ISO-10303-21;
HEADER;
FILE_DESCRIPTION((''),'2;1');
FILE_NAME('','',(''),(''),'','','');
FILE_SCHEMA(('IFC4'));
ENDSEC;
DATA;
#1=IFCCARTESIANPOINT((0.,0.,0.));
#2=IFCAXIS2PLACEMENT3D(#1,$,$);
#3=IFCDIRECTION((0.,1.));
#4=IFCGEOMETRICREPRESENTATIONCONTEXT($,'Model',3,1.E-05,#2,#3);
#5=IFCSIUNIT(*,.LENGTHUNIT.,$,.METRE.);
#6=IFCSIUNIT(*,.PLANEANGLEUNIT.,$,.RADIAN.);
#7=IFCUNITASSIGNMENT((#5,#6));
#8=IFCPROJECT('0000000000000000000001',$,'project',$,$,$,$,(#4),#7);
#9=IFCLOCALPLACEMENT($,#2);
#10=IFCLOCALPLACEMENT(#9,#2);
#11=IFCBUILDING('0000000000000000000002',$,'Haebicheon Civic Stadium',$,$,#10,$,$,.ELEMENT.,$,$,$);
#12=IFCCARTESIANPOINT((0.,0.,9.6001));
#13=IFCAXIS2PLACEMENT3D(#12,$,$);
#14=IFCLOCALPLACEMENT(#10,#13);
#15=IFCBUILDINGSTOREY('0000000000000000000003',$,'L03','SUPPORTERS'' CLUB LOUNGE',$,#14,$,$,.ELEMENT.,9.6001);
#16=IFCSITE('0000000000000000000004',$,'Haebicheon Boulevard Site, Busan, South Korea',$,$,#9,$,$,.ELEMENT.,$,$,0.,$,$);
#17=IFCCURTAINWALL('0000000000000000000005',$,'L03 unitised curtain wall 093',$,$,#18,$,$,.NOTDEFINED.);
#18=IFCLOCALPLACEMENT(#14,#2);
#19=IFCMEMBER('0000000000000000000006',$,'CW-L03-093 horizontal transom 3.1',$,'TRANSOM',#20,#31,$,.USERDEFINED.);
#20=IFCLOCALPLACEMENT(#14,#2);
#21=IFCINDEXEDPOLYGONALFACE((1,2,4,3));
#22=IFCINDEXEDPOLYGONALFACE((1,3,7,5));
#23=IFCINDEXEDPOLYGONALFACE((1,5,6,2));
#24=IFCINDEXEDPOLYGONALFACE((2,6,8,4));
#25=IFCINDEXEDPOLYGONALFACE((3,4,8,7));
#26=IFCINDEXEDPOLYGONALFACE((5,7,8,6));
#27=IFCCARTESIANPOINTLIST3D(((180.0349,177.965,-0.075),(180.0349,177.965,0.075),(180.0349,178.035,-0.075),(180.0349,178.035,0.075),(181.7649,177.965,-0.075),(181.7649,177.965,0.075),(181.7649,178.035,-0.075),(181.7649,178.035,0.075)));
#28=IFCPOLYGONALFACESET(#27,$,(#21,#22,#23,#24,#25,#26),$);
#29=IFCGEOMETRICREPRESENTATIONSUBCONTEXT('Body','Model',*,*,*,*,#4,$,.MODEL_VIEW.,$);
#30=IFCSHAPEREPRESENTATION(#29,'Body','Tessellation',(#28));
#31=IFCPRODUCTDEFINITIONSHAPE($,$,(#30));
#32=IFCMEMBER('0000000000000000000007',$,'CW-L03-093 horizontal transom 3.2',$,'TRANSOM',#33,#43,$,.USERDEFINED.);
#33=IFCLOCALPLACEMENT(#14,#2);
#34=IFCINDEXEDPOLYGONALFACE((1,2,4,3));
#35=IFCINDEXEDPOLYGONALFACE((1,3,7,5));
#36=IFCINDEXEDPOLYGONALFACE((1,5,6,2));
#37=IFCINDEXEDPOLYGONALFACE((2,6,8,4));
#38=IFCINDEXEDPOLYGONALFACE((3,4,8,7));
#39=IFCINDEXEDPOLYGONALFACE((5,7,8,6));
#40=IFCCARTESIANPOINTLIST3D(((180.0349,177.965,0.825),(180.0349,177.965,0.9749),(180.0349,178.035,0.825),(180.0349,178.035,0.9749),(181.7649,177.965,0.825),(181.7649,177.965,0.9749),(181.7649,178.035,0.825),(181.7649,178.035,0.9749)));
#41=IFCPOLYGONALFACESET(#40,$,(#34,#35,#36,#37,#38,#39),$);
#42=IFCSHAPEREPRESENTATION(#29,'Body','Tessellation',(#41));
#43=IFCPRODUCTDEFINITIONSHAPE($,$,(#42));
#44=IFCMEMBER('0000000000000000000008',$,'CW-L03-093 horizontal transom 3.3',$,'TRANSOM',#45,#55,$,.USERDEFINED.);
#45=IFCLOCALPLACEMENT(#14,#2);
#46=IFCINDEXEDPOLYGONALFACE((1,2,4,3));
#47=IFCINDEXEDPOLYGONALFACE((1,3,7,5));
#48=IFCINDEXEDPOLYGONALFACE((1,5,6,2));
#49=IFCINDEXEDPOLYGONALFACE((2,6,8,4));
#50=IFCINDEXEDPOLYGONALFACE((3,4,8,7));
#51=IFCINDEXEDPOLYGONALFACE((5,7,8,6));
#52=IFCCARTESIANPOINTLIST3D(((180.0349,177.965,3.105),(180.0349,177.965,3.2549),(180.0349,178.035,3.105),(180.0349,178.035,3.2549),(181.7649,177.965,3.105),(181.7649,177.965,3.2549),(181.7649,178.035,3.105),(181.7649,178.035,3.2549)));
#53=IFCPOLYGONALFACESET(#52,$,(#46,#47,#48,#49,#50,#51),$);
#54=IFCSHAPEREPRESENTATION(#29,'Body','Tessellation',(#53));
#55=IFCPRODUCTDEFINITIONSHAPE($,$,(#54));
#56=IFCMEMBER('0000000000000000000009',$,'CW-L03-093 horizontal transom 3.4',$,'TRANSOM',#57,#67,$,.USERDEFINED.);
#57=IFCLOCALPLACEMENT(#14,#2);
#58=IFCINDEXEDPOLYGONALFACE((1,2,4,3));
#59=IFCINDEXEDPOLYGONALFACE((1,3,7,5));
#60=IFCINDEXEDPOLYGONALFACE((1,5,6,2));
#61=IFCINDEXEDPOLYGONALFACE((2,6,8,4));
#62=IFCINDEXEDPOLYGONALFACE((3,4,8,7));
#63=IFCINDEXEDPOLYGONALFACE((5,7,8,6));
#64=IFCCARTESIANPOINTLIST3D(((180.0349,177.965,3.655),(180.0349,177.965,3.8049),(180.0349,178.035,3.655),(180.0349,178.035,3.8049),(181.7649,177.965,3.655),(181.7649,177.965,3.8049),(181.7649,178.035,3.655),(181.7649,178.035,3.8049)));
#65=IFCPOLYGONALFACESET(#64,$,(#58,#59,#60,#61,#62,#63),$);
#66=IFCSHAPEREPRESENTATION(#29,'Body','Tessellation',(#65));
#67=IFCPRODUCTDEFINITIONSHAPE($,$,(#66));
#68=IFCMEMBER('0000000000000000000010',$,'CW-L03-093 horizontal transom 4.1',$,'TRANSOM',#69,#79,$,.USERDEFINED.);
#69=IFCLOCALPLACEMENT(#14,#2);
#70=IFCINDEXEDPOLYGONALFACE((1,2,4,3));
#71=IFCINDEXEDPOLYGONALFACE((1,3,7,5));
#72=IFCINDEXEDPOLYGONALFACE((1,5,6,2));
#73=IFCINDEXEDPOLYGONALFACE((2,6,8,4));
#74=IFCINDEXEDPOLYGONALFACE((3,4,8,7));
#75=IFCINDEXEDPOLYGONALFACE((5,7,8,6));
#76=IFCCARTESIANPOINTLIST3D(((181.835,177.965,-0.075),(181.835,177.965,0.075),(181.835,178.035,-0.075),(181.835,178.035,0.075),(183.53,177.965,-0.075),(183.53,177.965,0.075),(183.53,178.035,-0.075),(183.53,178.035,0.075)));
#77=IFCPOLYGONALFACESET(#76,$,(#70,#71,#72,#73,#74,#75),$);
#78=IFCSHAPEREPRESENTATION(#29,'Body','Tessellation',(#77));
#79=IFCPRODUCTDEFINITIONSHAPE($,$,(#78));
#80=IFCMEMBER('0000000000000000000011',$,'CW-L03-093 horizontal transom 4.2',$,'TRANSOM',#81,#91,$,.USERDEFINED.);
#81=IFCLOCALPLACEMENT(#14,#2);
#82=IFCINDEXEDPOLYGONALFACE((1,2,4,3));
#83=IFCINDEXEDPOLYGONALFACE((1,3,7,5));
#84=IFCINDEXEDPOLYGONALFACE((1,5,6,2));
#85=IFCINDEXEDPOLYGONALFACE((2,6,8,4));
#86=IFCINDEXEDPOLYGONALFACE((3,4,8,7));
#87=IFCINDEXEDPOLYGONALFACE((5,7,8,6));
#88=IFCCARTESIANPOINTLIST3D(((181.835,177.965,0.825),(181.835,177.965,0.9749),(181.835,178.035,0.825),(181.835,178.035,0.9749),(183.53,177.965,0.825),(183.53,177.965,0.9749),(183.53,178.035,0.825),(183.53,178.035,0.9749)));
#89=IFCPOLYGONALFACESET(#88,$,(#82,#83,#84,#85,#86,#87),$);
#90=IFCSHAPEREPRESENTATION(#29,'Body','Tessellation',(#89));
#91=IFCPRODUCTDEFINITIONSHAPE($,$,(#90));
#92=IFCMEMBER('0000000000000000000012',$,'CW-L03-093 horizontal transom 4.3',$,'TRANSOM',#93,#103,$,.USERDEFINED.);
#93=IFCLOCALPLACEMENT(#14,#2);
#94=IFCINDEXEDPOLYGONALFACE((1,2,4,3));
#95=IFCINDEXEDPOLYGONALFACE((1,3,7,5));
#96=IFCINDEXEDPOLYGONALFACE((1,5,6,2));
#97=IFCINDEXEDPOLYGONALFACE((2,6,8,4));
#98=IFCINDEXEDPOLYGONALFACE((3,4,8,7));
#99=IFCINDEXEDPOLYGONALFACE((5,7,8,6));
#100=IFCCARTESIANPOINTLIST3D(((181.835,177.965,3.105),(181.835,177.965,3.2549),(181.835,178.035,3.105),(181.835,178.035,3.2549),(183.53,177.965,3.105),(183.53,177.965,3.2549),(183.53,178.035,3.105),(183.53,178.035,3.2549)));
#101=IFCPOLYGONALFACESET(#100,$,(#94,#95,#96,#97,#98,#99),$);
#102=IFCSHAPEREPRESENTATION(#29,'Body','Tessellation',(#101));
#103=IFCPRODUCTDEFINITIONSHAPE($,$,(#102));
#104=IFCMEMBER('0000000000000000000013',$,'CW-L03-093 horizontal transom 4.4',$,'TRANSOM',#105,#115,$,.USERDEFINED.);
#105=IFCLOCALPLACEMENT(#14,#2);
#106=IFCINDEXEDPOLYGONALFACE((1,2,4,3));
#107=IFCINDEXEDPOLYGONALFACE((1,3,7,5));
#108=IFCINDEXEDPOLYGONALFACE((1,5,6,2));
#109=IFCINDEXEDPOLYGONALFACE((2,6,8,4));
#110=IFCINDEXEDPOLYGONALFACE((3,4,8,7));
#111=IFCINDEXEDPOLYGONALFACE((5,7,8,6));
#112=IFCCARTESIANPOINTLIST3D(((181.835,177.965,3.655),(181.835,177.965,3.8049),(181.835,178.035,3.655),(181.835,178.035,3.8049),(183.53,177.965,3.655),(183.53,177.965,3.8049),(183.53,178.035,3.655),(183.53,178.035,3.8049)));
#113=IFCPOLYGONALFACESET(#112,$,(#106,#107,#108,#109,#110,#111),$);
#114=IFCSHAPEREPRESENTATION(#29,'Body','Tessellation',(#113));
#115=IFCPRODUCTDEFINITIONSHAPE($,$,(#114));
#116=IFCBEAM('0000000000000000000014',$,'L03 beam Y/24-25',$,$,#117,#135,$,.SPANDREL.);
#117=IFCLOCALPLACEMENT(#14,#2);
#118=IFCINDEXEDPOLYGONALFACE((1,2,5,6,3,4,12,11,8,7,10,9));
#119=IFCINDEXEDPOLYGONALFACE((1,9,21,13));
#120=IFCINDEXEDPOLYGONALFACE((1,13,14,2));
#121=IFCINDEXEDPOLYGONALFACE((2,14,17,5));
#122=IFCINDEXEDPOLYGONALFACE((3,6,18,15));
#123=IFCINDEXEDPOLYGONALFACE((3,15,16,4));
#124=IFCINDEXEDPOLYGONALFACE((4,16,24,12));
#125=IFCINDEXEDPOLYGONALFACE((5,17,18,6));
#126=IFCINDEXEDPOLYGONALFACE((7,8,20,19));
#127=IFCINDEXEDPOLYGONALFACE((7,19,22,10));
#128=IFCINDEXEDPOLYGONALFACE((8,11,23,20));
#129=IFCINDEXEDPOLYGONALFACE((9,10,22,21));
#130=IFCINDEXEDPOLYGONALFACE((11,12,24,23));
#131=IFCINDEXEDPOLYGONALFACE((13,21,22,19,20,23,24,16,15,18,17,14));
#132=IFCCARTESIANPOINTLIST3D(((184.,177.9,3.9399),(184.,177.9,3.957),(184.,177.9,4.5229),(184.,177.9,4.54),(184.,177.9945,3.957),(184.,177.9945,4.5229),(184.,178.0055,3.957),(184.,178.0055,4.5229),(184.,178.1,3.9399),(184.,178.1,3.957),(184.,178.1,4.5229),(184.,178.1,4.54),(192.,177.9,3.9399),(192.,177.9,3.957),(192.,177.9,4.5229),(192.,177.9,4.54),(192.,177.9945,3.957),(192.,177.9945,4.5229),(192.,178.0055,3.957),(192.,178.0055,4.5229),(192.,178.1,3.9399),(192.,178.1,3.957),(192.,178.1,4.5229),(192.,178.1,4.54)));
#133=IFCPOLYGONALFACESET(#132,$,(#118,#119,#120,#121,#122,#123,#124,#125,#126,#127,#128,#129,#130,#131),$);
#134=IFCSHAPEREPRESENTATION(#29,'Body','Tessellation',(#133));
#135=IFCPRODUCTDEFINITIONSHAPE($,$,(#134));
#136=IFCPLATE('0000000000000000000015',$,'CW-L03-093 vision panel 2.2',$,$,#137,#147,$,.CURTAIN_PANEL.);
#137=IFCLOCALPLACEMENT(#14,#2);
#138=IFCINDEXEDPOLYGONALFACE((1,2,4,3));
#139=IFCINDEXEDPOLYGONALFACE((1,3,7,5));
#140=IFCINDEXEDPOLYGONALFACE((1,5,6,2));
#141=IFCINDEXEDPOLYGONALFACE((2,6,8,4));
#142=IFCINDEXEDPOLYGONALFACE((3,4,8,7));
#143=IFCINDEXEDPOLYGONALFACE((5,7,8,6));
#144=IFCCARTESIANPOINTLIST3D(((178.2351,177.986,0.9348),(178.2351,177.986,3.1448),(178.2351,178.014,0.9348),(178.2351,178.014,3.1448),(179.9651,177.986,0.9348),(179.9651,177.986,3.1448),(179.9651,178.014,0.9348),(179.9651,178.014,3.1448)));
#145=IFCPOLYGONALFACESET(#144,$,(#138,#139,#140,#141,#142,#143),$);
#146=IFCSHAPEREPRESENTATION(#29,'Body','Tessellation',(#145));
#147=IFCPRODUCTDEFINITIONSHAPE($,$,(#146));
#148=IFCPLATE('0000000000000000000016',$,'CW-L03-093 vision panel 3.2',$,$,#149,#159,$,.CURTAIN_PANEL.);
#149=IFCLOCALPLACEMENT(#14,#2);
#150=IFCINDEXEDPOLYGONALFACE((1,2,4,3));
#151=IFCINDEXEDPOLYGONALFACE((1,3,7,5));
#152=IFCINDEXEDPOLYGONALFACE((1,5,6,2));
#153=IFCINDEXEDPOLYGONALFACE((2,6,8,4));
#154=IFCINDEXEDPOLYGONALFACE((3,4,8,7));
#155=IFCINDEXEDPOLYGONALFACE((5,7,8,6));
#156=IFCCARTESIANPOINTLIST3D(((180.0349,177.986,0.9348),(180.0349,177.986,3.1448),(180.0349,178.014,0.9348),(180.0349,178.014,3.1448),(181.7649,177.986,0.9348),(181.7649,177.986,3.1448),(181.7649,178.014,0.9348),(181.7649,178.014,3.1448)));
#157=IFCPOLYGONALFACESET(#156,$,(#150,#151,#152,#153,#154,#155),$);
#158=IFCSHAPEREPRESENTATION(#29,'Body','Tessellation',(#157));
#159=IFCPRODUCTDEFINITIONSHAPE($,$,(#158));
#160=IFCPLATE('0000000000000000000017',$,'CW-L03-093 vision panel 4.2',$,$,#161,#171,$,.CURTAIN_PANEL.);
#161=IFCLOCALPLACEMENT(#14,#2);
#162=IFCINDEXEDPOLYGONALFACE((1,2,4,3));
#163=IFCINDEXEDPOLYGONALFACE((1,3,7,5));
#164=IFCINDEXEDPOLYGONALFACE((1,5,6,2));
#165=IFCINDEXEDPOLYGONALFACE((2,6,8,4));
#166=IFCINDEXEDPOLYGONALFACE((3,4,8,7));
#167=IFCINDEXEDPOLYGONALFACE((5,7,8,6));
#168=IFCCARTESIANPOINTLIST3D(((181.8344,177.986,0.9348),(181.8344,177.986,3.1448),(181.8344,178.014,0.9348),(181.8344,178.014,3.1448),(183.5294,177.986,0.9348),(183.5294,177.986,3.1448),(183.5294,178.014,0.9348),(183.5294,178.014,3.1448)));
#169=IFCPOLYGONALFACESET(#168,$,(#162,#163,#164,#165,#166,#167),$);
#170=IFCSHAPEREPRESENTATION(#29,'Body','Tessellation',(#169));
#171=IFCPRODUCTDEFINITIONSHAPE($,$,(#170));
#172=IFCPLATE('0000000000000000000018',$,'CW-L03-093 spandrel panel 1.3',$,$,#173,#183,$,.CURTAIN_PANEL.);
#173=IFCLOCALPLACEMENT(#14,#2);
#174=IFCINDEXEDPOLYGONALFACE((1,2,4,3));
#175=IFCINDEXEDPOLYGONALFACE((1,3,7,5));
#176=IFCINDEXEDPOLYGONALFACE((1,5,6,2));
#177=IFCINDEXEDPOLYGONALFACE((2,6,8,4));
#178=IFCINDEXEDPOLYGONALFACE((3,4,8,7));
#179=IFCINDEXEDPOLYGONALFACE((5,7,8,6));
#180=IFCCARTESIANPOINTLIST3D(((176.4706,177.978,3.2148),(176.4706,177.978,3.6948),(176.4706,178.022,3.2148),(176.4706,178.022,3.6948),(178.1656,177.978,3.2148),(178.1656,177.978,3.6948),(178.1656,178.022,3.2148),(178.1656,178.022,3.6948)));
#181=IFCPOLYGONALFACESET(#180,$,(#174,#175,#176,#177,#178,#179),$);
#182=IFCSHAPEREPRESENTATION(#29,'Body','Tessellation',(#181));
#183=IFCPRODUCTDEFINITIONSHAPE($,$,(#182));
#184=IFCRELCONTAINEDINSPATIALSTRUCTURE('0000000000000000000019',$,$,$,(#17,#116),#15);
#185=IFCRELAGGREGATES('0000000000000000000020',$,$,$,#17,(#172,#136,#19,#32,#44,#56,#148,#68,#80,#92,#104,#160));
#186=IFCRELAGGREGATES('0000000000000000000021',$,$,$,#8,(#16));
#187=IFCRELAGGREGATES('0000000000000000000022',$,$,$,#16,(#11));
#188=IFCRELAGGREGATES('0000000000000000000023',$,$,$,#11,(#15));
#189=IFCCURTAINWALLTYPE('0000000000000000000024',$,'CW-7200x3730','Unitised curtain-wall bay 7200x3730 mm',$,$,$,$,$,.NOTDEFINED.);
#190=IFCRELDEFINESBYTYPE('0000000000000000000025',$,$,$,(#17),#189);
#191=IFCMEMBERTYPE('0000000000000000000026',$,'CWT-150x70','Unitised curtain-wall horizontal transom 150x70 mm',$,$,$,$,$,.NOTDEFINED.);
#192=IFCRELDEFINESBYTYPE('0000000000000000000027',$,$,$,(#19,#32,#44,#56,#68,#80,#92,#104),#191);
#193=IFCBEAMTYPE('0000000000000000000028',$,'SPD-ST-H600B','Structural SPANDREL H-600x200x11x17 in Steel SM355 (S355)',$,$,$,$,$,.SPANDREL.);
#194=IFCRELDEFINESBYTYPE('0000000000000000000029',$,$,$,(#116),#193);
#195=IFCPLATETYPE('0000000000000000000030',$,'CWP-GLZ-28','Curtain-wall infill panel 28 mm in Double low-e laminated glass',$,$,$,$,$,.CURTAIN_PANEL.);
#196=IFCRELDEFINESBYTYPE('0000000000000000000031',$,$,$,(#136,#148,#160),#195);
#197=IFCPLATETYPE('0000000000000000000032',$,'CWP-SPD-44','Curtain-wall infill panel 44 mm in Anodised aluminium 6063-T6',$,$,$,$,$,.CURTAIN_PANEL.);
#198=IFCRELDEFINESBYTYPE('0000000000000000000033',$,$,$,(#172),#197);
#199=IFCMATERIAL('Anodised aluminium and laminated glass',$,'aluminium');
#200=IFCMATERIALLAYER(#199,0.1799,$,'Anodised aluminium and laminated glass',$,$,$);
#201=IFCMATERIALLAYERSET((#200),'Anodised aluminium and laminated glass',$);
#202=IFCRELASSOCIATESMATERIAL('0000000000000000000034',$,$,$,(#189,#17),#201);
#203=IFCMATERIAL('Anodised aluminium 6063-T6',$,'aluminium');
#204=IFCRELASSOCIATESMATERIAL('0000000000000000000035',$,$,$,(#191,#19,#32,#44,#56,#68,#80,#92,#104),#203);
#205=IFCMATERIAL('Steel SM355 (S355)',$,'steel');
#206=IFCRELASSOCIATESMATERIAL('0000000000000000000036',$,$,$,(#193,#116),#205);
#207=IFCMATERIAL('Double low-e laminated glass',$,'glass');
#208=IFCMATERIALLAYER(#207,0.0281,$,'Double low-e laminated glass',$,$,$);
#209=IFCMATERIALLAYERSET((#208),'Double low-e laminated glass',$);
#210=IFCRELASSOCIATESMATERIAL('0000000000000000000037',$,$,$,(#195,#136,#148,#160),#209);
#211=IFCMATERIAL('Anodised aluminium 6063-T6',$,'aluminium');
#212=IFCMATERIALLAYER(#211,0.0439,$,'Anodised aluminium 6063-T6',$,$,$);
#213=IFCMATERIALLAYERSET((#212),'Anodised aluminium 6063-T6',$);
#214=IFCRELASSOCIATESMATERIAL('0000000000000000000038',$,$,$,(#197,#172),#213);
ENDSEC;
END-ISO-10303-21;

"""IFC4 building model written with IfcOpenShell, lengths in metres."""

from ifc_helpers import new_model, si_unit, direction, frame, origin, origin_2d, place, context, subcontext, project, spatial, rectangle, i_section, extrude, material, layer, layer_set, material_profile, profile_set, type_object, element, aggregate, save


model = new_model("IFC4")

# Units and contexts
model_context = context("Model", 3, precision=1e-05, world=origin(), true_north=direction((0.0, 1.0)))
body_context = subcontext(model_context, "Body", "Model", "MODEL_VIEW")
ifc_project = project(units=[si_unit("LENGTHUNIT", "METRE"), si_unit("PLANEANGLEUNIT", "RADIAN")], contexts=[model_context])

# Site, building, storey
site_placement = place(None, origin())
site = spatial("IfcSite", under=ifc_project, at=site_placement, Name="Haebicheon Boulevard Site, Busan, South Korea", CompositionType="ELEMENT", RefElevation=0.0)
building_placement = place(site_placement, origin())
building = spatial("IfcBuilding", under=site, at=building_placement, Name="Haebicheon Civic Stadium", CompositionType="ELEMENT")
storey_placement = place(building_placement, frame((0.0, 0.0, 9.6001)))
storey = spatial("IfcBuildingStorey", under=building, at=storey_placement, Name="L03", Description="SUPPORTERS' CLUB LOUNGE", CompositionType="ELEMENT", Elevation=9.6001)

# Curtain wall, members
ifc_material_1 = material(Name="Anodised aluminium and laminated glass", Category="aluminium")
ifc_layer_1 = layer(ifc_material_1, 0.1799, Name="Anodised aluminium and laminated glass")
ifc_layer_set_1 = layer_set([ifc_layer_1], Name="Anodised aluminium and laminated glass")
curtain_wall_type = type_object("IfcCurtainWallType", Name="CW-7200x3730", Description="Unitised curtain-wall bay 7200x3730 mm", PredefinedType="NOTDEFINED", material=ifc_layer_set_1)
curtain_wall_placement = place(storey_placement, origin())
curtain_wall = element("IfcCurtainWall", 1, at=curtain_wall_placement, inside=storey, type_object=curtain_wall_type, material=ifc_layer_set_1, Name="L03 unitised curtain wall 093", PredefinedType="NOTDEFINED")
ifc_material_2 = material(Name="Anodised aluminium 6063-T6", Category="aluminium")
ifc_material_profile_1 = material_profile(ifc_material_2, rectangle(XDim=0.0701, YDim=0.1499, at=origin_2d()), Name="ALU-TRAN-70x150")
ifc_profile_set_1 = profile_set([ifc_material_profile_1], Name="Anodised aluminium 6063-T6")
member_type_1 = type_object("IfcMemberType", Name="CWT-150x70", Description="Unitised curtain-wall horizontal transom 150x70 mm", PredefinedType="NOTDEFINED", material=ifc_profile_set_1)
member_1_placement = place(storey_placement, frame((180.0349, 178.0, 0.0), z_axis=(1.0, 0.0, 0.0), x_axis=(0.0, 1.0, 0.0)))
member_1 = element("IfcMember", 2, at=member_1_placement, type_object=member_type_1, material=ifc_profile_set_1, Name="CW-L03-093 horizontal transom 3.1", ObjectType="TRANSOM", PredefinedType="USERDEFINED", context=body_context, shape_type="SweptSolid", body=[
    extrude(rectangle(XDim=0.0701, YDim=0.1499, at=origin_2d()), origin(), (0.0, 0.0, 1.0), 1.73),
])
member_2_placement = place(storey_placement, frame((180.0349, 178.0, 0.8999), z_axis=(1.0, 0.0, 0.0), x_axis=(0.0, 1.0, 0.0)))
member_2 = element("IfcMember", 3, at=member_2_placement, type_object=member_type_1, material=ifc_profile_set_1, Name="CW-L03-093 horizontal transom 3.2", ObjectType="TRANSOM", PredefinedType="USERDEFINED", context=body_context, shape_type="SweptSolid", body=[
    extrude(rectangle(XDim=0.0701, YDim=0.1499, at=origin_2d()), origin(), (0.0, 0.0, 1.0), 1.73),
])
member_3_placement = place(storey_placement, frame((180.0349, 178.0, 3.1799), z_axis=(1.0, 0.0, 0.0), x_axis=(0.0, 1.0, 0.0)))
member_3 = element("IfcMember", 4, at=member_3_placement, type_object=member_type_1, material=ifc_profile_set_1, Name="CW-L03-093 horizontal transom 3.3", ObjectType="TRANSOM", PredefinedType="USERDEFINED", context=body_context, shape_type="SweptSolid", body=[
    extrude(rectangle(XDim=0.0701, YDim=0.1499, at=origin_2d()), origin(), (0.0, 0.0, 1.0), 1.73),
])
member_4_placement = place(storey_placement, frame((180.0349, 178.0, 3.73), z_axis=(1.0, 0.0, 0.0), x_axis=(0.0, 1.0, 0.0)))
member_4 = element("IfcMember", 5, at=member_4_placement, type_object=member_type_1, material=ifc_profile_set_1, Name="CW-L03-093 horizontal transom 3.4", ObjectType="TRANSOM", PredefinedType="USERDEFINED", context=body_context, shape_type="SweptSolid", body=[
    extrude(rectangle(XDim=0.0701, YDim=0.1499, at=origin_2d()), origin(), (0.0, 0.0, 1.0), 1.73),
])
member_5_placement = place(storey_placement, frame((181.835, 178.0, 0.0), z_axis=(1.0, 0.0, 0.0), x_axis=(0.0, 1.0, 0.0)))
member_5 = element("IfcMember", 6, at=member_5_placement, type_object=member_type_1, material=ifc_profile_set_1, Name="CW-L03-093 horizontal transom 4.1", ObjectType="TRANSOM", PredefinedType="USERDEFINED", context=body_context, shape_type="SweptSolid", body=[
    extrude(rectangle(XDim=0.0701, YDim=0.1499, at=origin_2d()), origin(), (0.0, 0.0, 1.0), 1.6951),
])
member_6_placement = place(storey_placement, frame((181.835, 178.0, 0.8999), z_axis=(1.0, 0.0, 0.0), x_axis=(0.0, 1.0, 0.0)))
member_6 = element("IfcMember", 7, at=member_6_placement, type_object=member_type_1, material=ifc_profile_set_1, Name="CW-L03-093 horizontal transom 4.2", ObjectType="TRANSOM", PredefinedType="USERDEFINED", context=body_context, shape_type="SweptSolid", body=[
    extrude(rectangle(XDim=0.0701, YDim=0.1499, at=origin_2d()), origin(), (0.0, 0.0, 1.0), 1.6951),
])
member_7_placement = place(storey_placement, frame((181.835, 178.0, 3.1799), z_axis=(1.0, 0.0, 0.0), x_axis=(0.0, 1.0, 0.0)))
member_7 = element("IfcMember", 8, at=member_7_placement, type_object=member_type_1, material=ifc_profile_set_1, Name="CW-L03-093 horizontal transom 4.3", ObjectType="TRANSOM", PredefinedType="USERDEFINED", context=body_context, shape_type="SweptSolid", body=[
    extrude(rectangle(XDim=0.0701, YDim=0.1499, at=origin_2d()), origin(), (0.0, 0.0, 1.0), 1.6951),
])
member_8_placement = place(storey_placement, frame((181.835, 178.0, 3.73), z_axis=(1.0, 0.0, 0.0), x_axis=(0.0, 1.0, 0.0)))
member_8 = element("IfcMember", 9, at=member_8_placement, type_object=member_type_1, material=ifc_profile_set_1, Name="CW-L03-093 horizontal transom 4.4", ObjectType="TRANSOM", PredefinedType="USERDEFINED", context=body_context, shape_type="SweptSolid", body=[
    extrude(rectangle(XDim=0.0701, YDim=0.1499, at=origin_2d()), origin(), (0.0, 0.0, 1.0), 1.6951),
])

# Beam
ifc_material_3 = material(Name="Steel SM355 (S355)", Category="steel")
ifc_material_profile_2 = material_profile(ifc_material_3, i_section(OverallWidth=0.2, OverallDepth=0.6001, WebThickness=0.011, FlangeThickness=0.0171, at=origin_2d()), Name="H-600x200x11x17")
ifc_profile_set_2 = profile_set([ifc_material_profile_2], Name="Steel SM355 (S355)")
beam_type_1 = type_object("IfcBeamType", Name="SPD-ST-H600B", Description="Structural SPANDREL H-600x200x11x17 in Steel SM355 (S355)", PredefinedType="SPANDREL", material=ifc_profile_set_2)
beam_1_placement = place(storey_placement, frame((184.0, 178.0, 4.24), z_axis=(1.0, 0.0, 0.0), x_axis=(0.0, 1.0, 0.0)))
element("IfcBeam", 10, at=beam_1_placement, inside=storey, type_object=beam_type_1, material=ifc_profile_set_2, Name="L03 beam Y/24-25", PredefinedType="SPANDREL", context=body_context, shape_type="SweptSolid", body=[
    extrude(i_section(OverallWidth=0.2, OverallDepth=0.6001, WebThickness=0.011, FlangeThickness=0.0171, at=origin_2d()), origin(), (0.0, 0.0, 1.0), 8.0),
])

# Plates
ifc_material_4 = material(Name="Double low-e laminated glass", Category="glass")
ifc_layer_2 = layer(ifc_material_4, 0.0281, Name="Double low-e laminated glass")
ifc_layer_set_2 = layer_set([ifc_layer_2], Name="Double low-e laminated glass")
plate_type_1 = type_object("IfcPlateType", Name="CWP-GLZ-28", Description="Curtain-wall infill panel 28 mm in Double low-e laminated glass", PredefinedType="CURTAIN_PANEL", material=ifc_layer_set_2)
plate_1_placement = place(storey_placement, frame((179.1001, 178.0, 0.9348), z_axis=(0.0, 0.0, 1.0), x_axis=(1.0, 0.0, 0.0)))
plate_1 = element("IfcPlate", 11, at=plate_1_placement, type_object=plate_type_1, material=ifc_layer_set_2, Name="CW-L03-093 vision panel 2.2", PredefinedType="CURTAIN_PANEL", context=body_context, shape_type="SweptSolid", body=[
    extrude(rectangle(XDim=1.73, YDim=0.0281, at=origin_2d()), origin(), (0.0, 0.0, 1.0), 2.21),
])
plate_2_placement = place(storey_placement, frame((180.8999, 178.0, 0.9348), z_axis=(0.0, 0.0, 1.0), x_axis=(1.0, 0.0, 0.0)))
plate_2 = element("IfcPlate", 12, at=plate_2_placement, type_object=plate_type_1, material=ifc_layer_set_2, Name="CW-L03-093 vision panel 3.2", PredefinedType="CURTAIN_PANEL", context=body_context, shape_type="SweptSolid", body=[
    extrude(rectangle(XDim=1.73, YDim=0.0281, at=origin_2d()), origin(), (0.0, 0.0, 1.0), 2.21),
])
plate_3_placement = place(storey_placement, frame((182.6819, 178.0, 0.9348), z_axis=(0.0, 0.0, 1.0), x_axis=(1.0, 0.0, 0.0)))
plate_3 = element("IfcPlate", 13, at=plate_3_placement, type_object=plate_type_1, material=ifc_layer_set_2, Name="CW-L03-093 vision panel 4.2", PredefinedType="CURTAIN_PANEL", context=body_context, shape_type="SweptSolid", body=[
    extrude(rectangle(XDim=1.6951, YDim=0.0281, at=origin_2d()), origin(), (0.0, 0.0, 1.0), 2.21),
])
ifc_material_5 = material(Name="Anodised aluminium 6063-T6", Category="aluminium")
ifc_layer_3 = layer(ifc_material_5, 0.0439, Name="Anodised aluminium 6063-T6")
ifc_layer_set_3 = layer_set([ifc_layer_3], Name="Anodised aluminium 6063-T6")
plate_type_2 = type_object("IfcPlateType", Name="CWP-SPD-44", Description="Curtain-wall infill panel 44 mm in Anodised aluminium 6063-T6", PredefinedType="CURTAIN_PANEL", material=ifc_layer_set_3)
plate_4_placement = place(storey_placement, frame((177.3181, 178.0, 3.2148), z_axis=(0.0, 0.0, 1.0), x_axis=(1.0, 0.0, 0.0)))
plate_4 = element("IfcPlate", 14, at=plate_4_placement, type_object=plate_type_2, material=ifc_layer_set_3, Name="CW-L03-093 spandrel panel 1.3", PredefinedType="CURTAIN_PANEL", context=body_context, shape_type="SweptSolid", body=[
    extrude(rectangle(XDim=1.6951, YDim=0.0439, at=origin_2d()), origin(), (0.0, 0.0, 1.0), 0.48),
])
aggregate(curtain_wall, [plate_4, plate_1, member_1, member_2, member_3, member_4, plate_2, member_5, member_6, member_7, member_8, plate_3])

save(model, "model.ifc")
